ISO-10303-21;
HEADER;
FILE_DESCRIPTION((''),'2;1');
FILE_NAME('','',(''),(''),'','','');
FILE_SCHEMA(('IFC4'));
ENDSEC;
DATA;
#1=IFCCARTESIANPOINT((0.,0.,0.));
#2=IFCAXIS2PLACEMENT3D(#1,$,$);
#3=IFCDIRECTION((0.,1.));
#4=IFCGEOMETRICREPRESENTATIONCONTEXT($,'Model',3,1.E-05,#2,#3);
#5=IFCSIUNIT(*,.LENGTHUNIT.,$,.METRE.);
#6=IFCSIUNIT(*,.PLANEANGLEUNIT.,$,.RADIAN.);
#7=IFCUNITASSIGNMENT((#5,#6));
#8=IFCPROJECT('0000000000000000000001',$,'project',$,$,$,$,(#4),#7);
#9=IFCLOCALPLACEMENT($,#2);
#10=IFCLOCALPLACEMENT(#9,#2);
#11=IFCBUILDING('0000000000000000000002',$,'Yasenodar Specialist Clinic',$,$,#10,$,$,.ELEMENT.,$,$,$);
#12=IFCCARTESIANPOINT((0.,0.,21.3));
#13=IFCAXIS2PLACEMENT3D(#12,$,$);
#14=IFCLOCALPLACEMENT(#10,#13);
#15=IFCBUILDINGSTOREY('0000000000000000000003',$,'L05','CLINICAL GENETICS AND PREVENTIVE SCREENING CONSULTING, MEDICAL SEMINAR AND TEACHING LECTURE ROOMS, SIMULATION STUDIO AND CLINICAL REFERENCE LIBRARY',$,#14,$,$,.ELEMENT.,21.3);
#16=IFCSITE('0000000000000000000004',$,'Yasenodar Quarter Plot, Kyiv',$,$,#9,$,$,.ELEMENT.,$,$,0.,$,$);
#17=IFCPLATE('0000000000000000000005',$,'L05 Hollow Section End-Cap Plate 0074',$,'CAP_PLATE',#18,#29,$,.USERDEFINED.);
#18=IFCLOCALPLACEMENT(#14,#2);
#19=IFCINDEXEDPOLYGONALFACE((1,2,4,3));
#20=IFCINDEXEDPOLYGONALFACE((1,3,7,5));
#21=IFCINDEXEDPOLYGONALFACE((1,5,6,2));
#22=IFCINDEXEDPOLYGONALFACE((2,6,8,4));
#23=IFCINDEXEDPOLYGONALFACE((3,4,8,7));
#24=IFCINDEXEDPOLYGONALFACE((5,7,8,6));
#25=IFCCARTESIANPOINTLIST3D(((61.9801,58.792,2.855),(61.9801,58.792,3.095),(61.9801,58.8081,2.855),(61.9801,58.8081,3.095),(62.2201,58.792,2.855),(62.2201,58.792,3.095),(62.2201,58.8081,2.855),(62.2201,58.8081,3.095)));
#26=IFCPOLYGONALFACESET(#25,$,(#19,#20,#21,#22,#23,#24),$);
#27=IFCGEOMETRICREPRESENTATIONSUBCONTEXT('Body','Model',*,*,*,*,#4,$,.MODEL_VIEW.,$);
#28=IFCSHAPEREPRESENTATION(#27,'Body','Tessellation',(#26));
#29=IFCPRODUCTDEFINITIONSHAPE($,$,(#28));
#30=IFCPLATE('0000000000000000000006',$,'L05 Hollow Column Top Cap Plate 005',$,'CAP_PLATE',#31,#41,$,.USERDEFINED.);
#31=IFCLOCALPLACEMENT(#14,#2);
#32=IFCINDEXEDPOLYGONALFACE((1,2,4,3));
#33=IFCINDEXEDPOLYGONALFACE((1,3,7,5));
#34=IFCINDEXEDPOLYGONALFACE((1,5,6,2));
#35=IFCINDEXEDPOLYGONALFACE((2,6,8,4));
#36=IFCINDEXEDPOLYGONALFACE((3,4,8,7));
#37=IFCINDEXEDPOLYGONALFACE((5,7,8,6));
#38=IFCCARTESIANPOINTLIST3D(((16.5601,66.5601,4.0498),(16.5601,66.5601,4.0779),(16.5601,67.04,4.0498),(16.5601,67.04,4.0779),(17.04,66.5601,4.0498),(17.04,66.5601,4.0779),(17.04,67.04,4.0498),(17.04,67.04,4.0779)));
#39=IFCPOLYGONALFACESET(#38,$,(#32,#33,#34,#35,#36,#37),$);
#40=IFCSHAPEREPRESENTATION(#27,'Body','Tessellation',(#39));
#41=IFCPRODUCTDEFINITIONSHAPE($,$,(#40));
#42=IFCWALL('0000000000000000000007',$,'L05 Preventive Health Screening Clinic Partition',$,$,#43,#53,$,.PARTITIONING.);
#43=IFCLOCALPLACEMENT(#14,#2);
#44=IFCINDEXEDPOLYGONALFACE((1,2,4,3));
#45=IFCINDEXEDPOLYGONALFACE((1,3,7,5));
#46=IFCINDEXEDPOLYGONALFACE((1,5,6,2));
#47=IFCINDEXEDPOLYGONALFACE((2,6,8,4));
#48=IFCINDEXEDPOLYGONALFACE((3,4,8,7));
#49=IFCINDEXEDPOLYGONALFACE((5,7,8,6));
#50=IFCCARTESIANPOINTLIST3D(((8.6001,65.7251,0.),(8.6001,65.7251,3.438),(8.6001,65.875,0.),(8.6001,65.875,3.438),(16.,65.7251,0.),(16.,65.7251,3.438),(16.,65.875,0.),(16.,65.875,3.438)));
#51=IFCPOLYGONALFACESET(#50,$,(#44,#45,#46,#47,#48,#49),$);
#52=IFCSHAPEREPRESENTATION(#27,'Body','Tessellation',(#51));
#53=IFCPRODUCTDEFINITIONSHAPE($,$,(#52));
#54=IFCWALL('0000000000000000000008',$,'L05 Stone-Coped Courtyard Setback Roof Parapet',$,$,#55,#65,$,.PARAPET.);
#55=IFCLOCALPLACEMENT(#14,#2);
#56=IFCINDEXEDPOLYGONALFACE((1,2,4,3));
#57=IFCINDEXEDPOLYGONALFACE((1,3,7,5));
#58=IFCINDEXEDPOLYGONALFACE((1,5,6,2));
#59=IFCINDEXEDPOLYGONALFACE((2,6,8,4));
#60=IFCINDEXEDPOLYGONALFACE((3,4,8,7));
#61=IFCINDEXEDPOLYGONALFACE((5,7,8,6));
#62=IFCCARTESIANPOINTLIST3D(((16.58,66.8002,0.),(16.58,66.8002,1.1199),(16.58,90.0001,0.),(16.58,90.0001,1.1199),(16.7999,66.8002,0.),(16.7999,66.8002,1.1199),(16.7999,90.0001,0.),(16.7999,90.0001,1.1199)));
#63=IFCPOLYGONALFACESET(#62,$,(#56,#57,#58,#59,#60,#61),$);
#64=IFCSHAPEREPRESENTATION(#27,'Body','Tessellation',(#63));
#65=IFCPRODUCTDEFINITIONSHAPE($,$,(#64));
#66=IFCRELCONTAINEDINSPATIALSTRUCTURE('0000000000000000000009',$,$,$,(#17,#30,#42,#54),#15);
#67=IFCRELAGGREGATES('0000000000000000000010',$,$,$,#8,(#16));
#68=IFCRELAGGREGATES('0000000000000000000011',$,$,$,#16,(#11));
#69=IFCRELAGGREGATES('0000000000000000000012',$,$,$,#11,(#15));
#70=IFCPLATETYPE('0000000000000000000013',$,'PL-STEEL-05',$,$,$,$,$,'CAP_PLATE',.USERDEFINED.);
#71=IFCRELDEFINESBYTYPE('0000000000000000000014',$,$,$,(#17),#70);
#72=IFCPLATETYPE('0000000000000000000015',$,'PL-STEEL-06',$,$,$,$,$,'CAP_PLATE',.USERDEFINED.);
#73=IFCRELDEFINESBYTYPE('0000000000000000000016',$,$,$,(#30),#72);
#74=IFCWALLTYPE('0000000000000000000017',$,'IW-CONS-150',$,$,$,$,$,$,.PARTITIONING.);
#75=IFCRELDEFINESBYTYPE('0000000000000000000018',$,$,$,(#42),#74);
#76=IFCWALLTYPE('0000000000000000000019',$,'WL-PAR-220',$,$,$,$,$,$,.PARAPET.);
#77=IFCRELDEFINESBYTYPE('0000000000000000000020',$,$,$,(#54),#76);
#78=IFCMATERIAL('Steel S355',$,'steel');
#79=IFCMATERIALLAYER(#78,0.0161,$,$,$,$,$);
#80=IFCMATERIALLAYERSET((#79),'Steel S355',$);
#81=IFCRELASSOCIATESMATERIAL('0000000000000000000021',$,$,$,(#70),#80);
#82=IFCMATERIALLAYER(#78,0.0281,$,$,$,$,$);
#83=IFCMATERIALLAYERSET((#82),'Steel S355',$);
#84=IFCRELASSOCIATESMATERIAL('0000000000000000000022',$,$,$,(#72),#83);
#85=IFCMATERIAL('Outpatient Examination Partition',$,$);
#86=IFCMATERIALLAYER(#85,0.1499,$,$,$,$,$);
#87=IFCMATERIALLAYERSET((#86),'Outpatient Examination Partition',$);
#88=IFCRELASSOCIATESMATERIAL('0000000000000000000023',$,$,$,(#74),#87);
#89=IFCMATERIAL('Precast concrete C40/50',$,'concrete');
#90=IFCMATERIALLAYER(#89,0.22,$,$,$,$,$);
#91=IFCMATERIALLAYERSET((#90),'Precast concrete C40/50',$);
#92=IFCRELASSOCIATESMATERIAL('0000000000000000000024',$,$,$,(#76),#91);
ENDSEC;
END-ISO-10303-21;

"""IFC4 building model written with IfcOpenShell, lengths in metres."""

from ifc_helpers import new_model, si_unit, direction, frame, frame_2d, origin, origin_2d, place, context, subcontext, project, spatial, rectangle, extrude, material, layer, layer_set, type_object, element, save


model = new_model("IFC4")

# Units and contexts
model_context = context("Model", 3, precision=1e-05, world=origin(), true_north=direction((0.0, 1.0)))
body_context = subcontext(model_context, "Body", "Model", "MODEL_VIEW")
ifc_project = project(units=[si_unit("LENGTHUNIT", "METRE"), si_unit("PLANEANGLEUNIT", "RADIAN")], contexts=[model_context])

# Site, building, storey
site_placement = place(None, origin())
site = spatial("IfcSite", under=ifc_project, at=site_placement, Name="Yasenodar Quarter Plot, Kyiv", CompositionType="ELEMENT", RefElevation=0.0)
building_placement = place(site_placement, origin())
building = spatial("IfcBuilding", under=site, at=building_placement, Name="Yasenodar Specialist Clinic", CompositionType="ELEMENT")
storey_placement = place(building_placement, frame((0.0, 0.0, 21.3)))
storey = spatial("IfcBuildingStorey", under=building, at=storey_placement, Name="L05", Description="CLINICAL GENETICS AND PREVENTIVE SCREENING CONSULTING, MEDICAL SEMINAR AND TEACHING LECTURE ROOMS, SIMULATION STUDIO AND CLINICAL REFERENCE LIBRARY", CompositionType="ELEMENT", Elevation=21.3)

# Shared definitions
ifc_material_1 = material(Name="Steel S355", Category="steel")

# Plates
ifc_layer_1 = layer(ifc_material_1, 0.0161)
ifc_layer_set_1 = layer_set([ifc_layer_1], Name="Steel S355")
plate_type_1 = type_object("IfcPlateType", Name="PL-STEEL-05", ElementType="CAP_PLATE", PredefinedType="USERDEFINED", material=ifc_layer_set_1)
for number, where, z_axis, x_axis, name in (
    (1, (62.1001, 58.8, 2.855), (0.0, 0.0, 1.0), (-1.0, 0.0, 0.0), "L05 Hollow Section End-Cap Plate 0074"),
):
    element("IfcPlate", number, at=place(storey_placement, frame(where, z_axis=z_axis, x_axis=x_axis)), inside=storey, type_object=plate_type_1, Name=name, ObjectType="CAP_PLATE", PredefinedType="USERDEFINED", context=body_context, shape_type="SweptSolid", body=[
        extrude(rectangle(XDim=0.24, YDim=0.0161, at=origin_2d()), origin(), (0.0, 0.0, 1.0), 0.24),
    ])
ifc_layer_2 = layer(ifc_material_1, 0.0281)
ifc_layer_set_2 = layer_set([ifc_layer_2], Name="Steel S355")
plate_type_2 = type_object("IfcPlateType", Name="PL-STEEL-06", ElementType="CAP_PLATE", PredefinedType="USERDEFINED", material=ifc_layer_set_2)
plate_placement = place(storey_placement, frame((16.8, 66.8, 4.0498), z_axis=(0.0, 0.0, 1.0), x_axis=(1.0, 0.0, 0.0)))
element("IfcPlate", 2, at=plate_placement, inside=storey, type_object=plate_type_2, Name="L05 Hollow Column Top Cap Plate 005", ObjectType="CAP_PLATE", PredefinedType="USERDEFINED", context=body_context, shape_type="SweptSolid", body=[
    extrude(rectangle(XDim=0.48, YDim=0.48, at=origin_2d()), origin(), (0.0, 0.0, 1.0), 0.0281),
])

# Walls
ifc_material_2 = material(Name="Outpatient Examination Partition")
ifc_layer_3 = layer(ifc_material_2, 0.1499)
ifc_layer_set_3 = layer_set([ifc_layer_3], Name="Outpatient Examination Partition")
wall_type_1 = type_object("IfcWallType", Name="IW-CONS-150", PredefinedType="PARTITIONING", material=ifc_layer_set_3)
wall_1_placement = place(storey_placement, frame((8.6001, 65.8, 0.0), z_axis=(0.0, 0.0, 1.0), x_axis=(1.0, 0.0, 0.0)))
element("IfcWall", 3, at=wall_1_placement, inside=storey, type_object=wall_type_1, Name="L05 Preventive Health Screening Clinic Partition", PredefinedType="PARTITIONING", context=body_context, shape_type="SweptSolid", body=[
    extrude(rectangle(XDim=7.3999, YDim=0.1499, at=frame_2d((3.7, 0.0))), origin(), (0.0, 0.0, 1.0), 3.438),
])
ifc_material_3 = material(Name="Precast concrete C40/50", Category="concrete")
ifc_layer_4 = layer(ifc_material_3, 0.22)
ifc_layer_set_4 = layer_set([ifc_layer_4], Name="Precast concrete C40/50")
wall_type_2 = type_object("IfcWallType", Name="WL-PAR-220", PredefinedType="PARAPET", material=ifc_layer_set_4)
wall_2_placement = place(storey_placement, frame((16.6899, 66.8, 0.0), z_axis=(0.0, 0.0, 1.0), x_axis=(0.0, 1.0, 0.0)))
element("IfcWall", 4, at=wall_2_placement, inside=storey, type_object=wall_type_2, Name="L05 Stone-Coped Courtyard Setback Roof Parapet", PredefinedType="PARAPET", context=body_context, shape_type="SweptSolid", body=[
    extrude(rectangle(XDim=23.2, YDim=0.22, at=frame_2d((11.6001, 0.0))), origin(), (0.0, 0.0, 1.0), 1.1199),
])

save(model, "model.ifc")
